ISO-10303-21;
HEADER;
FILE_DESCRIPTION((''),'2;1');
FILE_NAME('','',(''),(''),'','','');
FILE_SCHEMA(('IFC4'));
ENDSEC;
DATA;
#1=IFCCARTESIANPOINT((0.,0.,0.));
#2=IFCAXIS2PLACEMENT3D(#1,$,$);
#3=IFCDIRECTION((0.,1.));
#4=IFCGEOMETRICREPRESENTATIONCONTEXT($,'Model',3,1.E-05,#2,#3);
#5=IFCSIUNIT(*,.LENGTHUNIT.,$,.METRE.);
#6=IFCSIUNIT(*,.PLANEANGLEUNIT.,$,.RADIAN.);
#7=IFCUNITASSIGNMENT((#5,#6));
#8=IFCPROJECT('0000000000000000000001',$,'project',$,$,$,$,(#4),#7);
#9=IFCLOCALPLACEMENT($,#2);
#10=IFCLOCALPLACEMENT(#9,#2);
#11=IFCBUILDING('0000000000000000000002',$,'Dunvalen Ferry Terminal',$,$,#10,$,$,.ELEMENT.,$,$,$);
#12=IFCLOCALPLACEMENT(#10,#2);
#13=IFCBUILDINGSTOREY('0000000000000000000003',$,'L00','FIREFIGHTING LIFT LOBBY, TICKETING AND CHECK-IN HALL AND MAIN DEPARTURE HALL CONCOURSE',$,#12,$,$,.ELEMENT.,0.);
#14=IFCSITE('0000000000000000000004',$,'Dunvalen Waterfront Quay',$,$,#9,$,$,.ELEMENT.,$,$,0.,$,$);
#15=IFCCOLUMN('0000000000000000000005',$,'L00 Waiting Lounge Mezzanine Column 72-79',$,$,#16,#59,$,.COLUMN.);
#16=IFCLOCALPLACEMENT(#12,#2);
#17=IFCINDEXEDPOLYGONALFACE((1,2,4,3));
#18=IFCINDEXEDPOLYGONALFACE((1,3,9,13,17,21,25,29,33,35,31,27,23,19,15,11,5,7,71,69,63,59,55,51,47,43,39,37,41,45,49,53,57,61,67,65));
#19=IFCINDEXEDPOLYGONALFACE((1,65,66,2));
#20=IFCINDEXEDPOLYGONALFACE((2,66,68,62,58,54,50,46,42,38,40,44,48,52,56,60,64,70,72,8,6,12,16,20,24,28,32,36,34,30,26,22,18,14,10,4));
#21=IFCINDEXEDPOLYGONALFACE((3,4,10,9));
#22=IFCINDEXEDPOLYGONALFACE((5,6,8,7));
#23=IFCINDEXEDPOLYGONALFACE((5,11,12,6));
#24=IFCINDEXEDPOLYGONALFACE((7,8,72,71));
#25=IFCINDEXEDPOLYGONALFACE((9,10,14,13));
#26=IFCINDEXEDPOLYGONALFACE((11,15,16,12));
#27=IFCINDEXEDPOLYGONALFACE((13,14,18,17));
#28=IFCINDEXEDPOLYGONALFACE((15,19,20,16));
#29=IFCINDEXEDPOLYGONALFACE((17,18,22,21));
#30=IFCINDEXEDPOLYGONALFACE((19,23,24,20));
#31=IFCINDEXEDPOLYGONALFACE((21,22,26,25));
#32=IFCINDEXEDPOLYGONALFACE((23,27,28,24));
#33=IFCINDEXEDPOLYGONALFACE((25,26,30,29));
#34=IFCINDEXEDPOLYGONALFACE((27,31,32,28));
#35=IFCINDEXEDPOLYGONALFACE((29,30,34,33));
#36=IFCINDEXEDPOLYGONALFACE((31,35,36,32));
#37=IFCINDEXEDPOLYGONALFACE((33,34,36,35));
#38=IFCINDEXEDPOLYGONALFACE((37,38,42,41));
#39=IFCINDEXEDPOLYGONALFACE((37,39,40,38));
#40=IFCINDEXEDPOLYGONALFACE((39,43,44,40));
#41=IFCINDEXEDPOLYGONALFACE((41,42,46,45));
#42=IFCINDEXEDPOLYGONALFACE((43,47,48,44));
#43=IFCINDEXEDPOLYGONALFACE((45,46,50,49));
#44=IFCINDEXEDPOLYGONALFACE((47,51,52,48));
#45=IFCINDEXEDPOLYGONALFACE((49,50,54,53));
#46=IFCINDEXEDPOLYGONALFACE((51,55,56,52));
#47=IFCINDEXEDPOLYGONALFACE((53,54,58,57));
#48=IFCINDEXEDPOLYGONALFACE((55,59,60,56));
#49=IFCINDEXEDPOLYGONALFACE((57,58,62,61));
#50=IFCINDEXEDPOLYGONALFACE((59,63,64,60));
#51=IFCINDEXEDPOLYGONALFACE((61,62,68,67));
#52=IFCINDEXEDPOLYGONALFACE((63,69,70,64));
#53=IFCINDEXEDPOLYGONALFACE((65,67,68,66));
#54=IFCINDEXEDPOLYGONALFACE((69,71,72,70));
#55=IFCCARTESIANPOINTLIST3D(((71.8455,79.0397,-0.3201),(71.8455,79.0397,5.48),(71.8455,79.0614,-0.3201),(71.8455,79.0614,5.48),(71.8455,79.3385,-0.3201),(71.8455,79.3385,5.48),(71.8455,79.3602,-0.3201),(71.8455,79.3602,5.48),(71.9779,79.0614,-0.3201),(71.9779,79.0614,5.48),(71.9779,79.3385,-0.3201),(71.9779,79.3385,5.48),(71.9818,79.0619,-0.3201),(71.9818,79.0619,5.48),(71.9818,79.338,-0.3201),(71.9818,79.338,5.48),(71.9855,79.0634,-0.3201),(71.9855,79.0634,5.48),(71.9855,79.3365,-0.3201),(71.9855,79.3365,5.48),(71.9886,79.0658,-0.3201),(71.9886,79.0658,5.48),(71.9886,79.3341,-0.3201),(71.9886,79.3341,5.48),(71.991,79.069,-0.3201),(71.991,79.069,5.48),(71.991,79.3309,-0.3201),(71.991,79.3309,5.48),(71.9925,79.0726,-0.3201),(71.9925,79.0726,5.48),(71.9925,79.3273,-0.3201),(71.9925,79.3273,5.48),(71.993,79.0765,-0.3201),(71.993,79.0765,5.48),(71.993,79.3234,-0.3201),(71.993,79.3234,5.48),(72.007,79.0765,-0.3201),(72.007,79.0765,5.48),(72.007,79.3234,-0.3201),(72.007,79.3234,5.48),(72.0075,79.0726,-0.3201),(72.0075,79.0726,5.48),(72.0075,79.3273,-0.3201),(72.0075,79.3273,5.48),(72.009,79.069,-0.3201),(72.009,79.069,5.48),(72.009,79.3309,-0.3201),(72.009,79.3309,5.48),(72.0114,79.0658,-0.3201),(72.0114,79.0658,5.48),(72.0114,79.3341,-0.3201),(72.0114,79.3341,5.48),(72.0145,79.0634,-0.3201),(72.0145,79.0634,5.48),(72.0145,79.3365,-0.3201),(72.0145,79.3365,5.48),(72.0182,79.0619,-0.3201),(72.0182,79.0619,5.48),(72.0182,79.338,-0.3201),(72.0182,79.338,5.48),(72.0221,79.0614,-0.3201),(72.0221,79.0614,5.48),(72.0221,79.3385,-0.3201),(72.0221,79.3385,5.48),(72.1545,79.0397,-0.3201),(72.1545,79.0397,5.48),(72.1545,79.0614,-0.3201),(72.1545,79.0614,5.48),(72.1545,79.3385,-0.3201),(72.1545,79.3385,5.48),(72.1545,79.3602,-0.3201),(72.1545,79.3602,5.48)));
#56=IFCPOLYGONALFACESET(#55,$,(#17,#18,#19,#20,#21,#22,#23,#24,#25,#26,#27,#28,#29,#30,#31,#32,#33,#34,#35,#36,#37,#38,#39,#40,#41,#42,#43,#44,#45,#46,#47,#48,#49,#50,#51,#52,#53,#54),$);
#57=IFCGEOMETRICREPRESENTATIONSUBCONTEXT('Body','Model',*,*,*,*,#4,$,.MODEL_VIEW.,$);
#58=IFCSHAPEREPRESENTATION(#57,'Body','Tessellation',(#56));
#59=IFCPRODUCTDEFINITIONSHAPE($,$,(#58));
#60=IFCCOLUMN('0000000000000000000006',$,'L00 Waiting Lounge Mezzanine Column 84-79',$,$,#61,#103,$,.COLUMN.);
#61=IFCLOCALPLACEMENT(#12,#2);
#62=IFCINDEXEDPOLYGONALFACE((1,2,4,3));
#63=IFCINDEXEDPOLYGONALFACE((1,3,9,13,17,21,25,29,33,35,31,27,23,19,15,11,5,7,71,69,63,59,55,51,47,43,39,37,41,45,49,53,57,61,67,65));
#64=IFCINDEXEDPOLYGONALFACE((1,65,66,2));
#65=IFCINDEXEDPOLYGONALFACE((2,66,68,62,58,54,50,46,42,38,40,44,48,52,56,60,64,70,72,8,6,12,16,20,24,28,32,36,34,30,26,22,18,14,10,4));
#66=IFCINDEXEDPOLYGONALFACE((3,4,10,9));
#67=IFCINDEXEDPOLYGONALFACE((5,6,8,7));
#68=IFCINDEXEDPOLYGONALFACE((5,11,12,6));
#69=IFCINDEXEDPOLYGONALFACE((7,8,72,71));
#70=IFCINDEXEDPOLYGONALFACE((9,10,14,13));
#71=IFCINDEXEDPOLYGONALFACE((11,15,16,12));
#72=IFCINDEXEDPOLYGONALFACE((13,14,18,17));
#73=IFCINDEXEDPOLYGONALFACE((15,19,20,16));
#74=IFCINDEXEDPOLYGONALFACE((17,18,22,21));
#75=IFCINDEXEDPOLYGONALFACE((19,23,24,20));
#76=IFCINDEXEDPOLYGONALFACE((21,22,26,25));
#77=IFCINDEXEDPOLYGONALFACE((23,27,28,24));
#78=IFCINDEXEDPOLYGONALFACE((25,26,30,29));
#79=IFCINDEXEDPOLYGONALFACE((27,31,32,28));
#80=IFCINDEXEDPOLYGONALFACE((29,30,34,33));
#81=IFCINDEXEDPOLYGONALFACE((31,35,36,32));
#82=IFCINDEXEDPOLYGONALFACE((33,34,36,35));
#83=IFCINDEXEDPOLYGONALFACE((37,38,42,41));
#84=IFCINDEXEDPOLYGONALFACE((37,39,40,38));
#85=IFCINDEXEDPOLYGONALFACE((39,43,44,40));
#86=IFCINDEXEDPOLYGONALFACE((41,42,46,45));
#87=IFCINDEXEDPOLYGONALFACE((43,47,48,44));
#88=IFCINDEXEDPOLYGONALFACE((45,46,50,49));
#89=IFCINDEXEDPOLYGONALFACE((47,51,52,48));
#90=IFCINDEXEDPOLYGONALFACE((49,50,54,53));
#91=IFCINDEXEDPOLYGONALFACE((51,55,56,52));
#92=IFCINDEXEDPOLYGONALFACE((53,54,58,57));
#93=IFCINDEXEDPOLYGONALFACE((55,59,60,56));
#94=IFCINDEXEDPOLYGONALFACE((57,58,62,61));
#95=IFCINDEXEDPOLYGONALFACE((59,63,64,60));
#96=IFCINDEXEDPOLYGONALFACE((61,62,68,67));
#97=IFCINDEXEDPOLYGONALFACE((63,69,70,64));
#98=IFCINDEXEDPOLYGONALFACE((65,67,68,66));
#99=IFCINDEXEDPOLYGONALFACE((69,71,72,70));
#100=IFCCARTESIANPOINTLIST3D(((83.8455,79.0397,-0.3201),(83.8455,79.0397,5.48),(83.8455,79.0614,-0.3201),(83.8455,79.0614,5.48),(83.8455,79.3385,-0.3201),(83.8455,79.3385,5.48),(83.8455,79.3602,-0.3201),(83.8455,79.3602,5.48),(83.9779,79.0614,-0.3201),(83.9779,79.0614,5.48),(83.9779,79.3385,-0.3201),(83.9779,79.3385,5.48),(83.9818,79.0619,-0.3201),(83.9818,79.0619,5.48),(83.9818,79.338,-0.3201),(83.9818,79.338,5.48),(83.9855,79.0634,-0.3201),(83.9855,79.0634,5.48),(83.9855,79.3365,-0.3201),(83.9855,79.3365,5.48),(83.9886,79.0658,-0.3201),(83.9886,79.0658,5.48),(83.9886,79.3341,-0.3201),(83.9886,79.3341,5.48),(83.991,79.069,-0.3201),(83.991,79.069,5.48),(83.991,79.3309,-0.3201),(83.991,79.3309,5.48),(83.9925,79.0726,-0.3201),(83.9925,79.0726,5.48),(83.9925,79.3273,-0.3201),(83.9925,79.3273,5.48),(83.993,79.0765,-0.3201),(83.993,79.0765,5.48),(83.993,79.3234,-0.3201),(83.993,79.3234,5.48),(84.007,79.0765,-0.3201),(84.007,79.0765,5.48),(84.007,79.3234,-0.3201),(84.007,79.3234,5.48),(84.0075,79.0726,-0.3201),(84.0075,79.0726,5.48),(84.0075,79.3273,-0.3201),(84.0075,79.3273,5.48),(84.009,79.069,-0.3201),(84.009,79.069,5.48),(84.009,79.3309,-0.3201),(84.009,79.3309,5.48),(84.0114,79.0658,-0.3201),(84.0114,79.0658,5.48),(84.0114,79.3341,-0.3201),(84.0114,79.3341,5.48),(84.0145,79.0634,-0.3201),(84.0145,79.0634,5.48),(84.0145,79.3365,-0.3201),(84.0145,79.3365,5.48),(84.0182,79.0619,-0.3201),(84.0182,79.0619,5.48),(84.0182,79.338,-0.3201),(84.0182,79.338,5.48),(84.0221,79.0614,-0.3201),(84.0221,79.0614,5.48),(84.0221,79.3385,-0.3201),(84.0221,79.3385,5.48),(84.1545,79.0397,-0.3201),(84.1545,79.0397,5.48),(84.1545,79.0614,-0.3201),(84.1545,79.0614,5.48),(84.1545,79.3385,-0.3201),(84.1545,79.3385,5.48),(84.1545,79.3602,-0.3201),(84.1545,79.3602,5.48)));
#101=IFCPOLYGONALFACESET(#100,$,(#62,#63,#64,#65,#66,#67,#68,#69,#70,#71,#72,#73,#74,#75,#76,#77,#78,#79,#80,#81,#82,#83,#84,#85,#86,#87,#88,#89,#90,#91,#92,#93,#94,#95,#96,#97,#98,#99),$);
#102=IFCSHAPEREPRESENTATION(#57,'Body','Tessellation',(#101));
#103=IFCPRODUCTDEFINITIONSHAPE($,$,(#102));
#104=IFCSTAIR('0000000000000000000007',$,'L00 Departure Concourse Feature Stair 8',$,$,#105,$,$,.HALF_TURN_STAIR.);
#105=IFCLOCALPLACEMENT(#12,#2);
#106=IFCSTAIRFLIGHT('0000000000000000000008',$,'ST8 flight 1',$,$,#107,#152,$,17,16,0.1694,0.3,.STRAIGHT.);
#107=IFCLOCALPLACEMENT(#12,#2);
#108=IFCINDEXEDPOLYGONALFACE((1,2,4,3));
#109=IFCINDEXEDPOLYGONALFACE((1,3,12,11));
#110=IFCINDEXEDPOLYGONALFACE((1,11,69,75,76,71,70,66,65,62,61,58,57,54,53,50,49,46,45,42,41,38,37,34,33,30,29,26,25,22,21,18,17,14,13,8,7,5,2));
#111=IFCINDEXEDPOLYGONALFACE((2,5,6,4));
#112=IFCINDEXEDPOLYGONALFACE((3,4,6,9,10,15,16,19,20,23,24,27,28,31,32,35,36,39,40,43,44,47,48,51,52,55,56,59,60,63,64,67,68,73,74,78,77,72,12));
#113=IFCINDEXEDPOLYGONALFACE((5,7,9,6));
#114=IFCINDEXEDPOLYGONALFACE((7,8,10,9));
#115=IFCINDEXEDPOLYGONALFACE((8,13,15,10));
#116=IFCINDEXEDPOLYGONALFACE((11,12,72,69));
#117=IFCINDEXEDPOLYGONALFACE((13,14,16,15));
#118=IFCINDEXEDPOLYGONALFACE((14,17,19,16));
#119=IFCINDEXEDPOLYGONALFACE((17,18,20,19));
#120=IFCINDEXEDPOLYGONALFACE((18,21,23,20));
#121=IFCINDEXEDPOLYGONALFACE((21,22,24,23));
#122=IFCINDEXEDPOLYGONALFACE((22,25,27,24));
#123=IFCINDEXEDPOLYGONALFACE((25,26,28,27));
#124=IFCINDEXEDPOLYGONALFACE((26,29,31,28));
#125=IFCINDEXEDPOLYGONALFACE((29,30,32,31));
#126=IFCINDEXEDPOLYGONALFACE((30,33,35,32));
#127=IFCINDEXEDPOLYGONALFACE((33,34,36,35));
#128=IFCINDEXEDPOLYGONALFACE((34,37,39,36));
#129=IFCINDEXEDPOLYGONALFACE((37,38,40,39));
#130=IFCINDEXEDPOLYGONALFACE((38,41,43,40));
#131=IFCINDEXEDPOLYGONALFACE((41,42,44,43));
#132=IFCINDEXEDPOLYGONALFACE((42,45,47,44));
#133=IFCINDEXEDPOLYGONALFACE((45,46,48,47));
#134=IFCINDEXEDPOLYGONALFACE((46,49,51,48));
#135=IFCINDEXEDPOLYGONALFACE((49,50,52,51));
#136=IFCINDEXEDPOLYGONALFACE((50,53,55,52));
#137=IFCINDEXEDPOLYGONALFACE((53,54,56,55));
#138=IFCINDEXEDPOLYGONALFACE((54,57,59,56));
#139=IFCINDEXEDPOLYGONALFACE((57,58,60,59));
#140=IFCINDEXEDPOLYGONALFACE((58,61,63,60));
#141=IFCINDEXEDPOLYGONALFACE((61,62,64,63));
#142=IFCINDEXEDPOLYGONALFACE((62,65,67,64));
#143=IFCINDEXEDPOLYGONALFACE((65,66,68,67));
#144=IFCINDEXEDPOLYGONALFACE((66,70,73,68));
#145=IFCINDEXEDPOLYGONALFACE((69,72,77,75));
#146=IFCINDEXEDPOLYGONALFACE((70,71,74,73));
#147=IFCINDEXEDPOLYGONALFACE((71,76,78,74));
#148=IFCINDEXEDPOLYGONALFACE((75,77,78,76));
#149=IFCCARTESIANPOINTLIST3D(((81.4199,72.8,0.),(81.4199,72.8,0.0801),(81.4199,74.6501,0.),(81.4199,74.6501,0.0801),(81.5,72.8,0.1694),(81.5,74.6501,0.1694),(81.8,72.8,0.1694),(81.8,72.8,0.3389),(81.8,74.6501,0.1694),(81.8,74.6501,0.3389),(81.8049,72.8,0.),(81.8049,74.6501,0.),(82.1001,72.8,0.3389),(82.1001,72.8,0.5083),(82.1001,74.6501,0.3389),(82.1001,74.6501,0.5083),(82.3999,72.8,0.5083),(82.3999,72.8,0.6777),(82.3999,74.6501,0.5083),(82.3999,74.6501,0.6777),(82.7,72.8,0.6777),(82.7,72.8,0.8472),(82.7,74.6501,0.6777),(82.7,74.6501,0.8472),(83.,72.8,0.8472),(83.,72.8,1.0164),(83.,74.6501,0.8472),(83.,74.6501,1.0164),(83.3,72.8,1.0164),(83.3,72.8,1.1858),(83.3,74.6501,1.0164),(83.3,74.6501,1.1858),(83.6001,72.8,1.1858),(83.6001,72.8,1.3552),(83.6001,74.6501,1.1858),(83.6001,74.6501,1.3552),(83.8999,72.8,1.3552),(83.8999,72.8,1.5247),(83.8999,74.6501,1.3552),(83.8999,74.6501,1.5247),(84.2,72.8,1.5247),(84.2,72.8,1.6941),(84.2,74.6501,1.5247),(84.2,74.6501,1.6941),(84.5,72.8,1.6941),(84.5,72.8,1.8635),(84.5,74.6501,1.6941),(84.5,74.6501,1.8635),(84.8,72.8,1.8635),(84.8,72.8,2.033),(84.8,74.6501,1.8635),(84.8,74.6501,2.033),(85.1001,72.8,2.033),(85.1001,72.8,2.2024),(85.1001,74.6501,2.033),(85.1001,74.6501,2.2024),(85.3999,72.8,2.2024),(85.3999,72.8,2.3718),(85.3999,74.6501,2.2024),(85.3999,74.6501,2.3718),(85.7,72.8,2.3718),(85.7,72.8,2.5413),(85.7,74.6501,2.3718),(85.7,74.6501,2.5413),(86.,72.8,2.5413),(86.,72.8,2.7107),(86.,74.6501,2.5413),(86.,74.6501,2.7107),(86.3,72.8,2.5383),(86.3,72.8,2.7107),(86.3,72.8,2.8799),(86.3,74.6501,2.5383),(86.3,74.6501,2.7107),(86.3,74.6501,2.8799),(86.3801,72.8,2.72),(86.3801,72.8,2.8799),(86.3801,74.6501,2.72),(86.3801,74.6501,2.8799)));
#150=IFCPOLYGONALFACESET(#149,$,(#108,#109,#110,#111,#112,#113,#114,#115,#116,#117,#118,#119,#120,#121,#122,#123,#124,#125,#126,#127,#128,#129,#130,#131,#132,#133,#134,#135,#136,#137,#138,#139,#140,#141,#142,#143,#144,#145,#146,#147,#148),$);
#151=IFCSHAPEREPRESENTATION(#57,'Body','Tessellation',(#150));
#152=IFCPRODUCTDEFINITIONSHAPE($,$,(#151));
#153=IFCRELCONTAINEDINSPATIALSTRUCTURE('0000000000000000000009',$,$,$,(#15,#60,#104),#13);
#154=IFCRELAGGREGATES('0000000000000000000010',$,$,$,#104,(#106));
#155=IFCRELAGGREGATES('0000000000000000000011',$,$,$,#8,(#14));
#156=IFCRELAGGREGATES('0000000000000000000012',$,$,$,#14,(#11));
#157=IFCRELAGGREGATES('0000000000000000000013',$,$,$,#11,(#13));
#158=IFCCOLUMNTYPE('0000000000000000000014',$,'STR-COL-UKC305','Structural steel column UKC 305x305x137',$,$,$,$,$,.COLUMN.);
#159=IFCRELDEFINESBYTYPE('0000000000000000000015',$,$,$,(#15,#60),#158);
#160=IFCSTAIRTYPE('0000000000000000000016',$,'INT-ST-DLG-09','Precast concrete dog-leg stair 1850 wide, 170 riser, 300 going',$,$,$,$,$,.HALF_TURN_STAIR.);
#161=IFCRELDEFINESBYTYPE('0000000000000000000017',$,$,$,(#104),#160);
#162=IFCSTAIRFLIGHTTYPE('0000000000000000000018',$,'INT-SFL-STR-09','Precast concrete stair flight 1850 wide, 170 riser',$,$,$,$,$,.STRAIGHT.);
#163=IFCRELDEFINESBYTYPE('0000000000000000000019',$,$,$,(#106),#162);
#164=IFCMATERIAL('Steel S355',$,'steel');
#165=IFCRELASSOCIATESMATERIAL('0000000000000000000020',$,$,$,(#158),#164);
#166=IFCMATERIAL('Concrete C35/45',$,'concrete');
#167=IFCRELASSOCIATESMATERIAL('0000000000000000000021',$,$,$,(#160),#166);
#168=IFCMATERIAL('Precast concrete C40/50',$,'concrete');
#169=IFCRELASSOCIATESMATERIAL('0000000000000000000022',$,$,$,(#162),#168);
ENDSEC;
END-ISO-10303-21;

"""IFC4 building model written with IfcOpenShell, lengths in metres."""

from ifc_helpers import new_model, si_unit, direction, frame, origin, origin_2d, place, context, subcontext, project, spatial, polyline, i_section, outline, extrude, material, material_profile, profile_set, type_object, element, aggregate, save


model = new_model("IFC4")

# Units and contexts
model_context = context("Model", 3, precision=1e-05, world=origin(), true_north=direction((0.0, 1.0)))
body_context = subcontext(model_context, "Body", "Model", "MODEL_VIEW")
ifc_project = project(units=[si_unit("LENGTHUNIT", "METRE"), si_unit("PLANEANGLEUNIT", "RADIAN")], contexts=[model_context])

# Site, building, storey
site_placement = place(None, origin())
site = spatial("IfcSite", under=ifc_project, at=site_placement, Name="Dunvalen Waterfront Quay", CompositionType="ELEMENT", RefElevation=0.0)
building_placement = place(site_placement, origin())
building = spatial("IfcBuilding", under=site, at=building_placement, Name="Dunvalen Ferry Terminal", CompositionType="ELEMENT")
storey_placement = place(building_placement, origin())
storey = spatial("IfcBuildingStorey", under=building, at=storey_placement, Name="L00", Description="FIREFIGHTING LIFT LOBBY, TICKETING AND CHECK-IN HALL AND MAIN DEPARTURE HALL CONCOURSE", CompositionType="ELEMENT", Elevation=0.0)

# Columns
ifc_material_1 = material(Name="Steel S355", Category="steel")
ifc_material_profile_1 = material_profile(ifc_material_1, i_section(OverallWidth=0.3091, OverallDepth=0.3206, WebThickness=0.0139, FlangeThickness=0.0217, FilletRadius=0.0151, at=origin_2d()), Name="Steel S355")
ifc_profile_set_1 = profile_set([ifc_material_profile_1], Name="Steel S355")
column_type_1 = type_object("IfcColumnType", Name="STR-COL-UKC305", Description="Structural steel column UKC 305x305x137", PredefinedType="COLUMN", material=ifc_profile_set_1)
for number, where, z_axis, x_axis, name in (
    (1, (72.0, 79.2, -0.3201), (0.0, 0.0, 1.0), (1.0, 0.0, 0.0), "L00 Waiting Lounge Mezzanine Column 72-79"),
    (2, (84.0, 79.2, -0.3201), (0.0, 0.0, 1.0), (1.0, 0.0, 0.0), "L00 Waiting Lounge Mezzanine Column 84-79"),
):
    element("IfcColumn", number, at=place(storey_placement, frame(where, z_axis=z_axis, x_axis=x_axis)), inside=storey, type_object=column_type_1, Name=name, PredefinedType="COLUMN", context=body_context, shape_type="SweptSolid", body=[
        extrude(i_section(OverallWidth=0.3091, OverallDepth=0.3206, WebThickness=0.0139, FlangeThickness=0.0217, FilletRadius=0.0151, at=origin_2d()), origin(), (0.0, 0.0, 1.0), 5.8),
    ])

# Stair, stair flight
ifc_material_2 = material(Name="Concrete C35/45", Category="concrete")
stair_type = type_object("IfcStairType", Name="INT-ST-DLG-09", Description="Precast concrete dog-leg stair 1850 wide, 170 riser, 300 going", PredefinedType="HALF_TURN_STAIR", material=ifc_material_2)
stair_placement = place(storey_placement, origin())
stair = element("IfcStair", 3, at=stair_placement, inside=storey, type_object=stair_type, Name="L00 Departure Concourse Feature Stair 8", PredefinedType="HALF_TURN_STAIR")
ifc_material_3 = material(Name="Precast concrete C40/50", Category="concrete")
stair_flight_type = type_object("IfcStairFlightType", Name="INT-SFL-STR-09", Description="Precast concrete stair flight 1850 wide, 170 riser", PredefinedType="STRAIGHT", material=ifc_material_3)
stair_flight_placement = place(storey_placement, frame((81.5, 73.7251, 0.0), z_axis=(0.0, 0.0, 1.0), x_axis=(1.0, 0.0, 0.0)))
stair_flight = element("IfcStairFlight", 4, at=stair_flight_placement, type_object=stair_flight_type, Name="ST8 flight 1", NumberOfRisers=17, NumberOfTreads=16, PredefinedType="STRAIGHT", RiserHeight=0.1694, TreadLength=0.3, context=body_context, shape_type="SweptSolid", body=[
    extrude(outline(polyline([(-0.0801, 0.0), (-0.0801, 0.0801), (0.0, 0.1694), (0.3, 0.1694), (0.3, 0.3389), (0.6001, 0.3389), (0.6001, 0.5083), (0.8999, 0.5083), (0.8999, 0.6777), (1.2, 0.6777), (1.2, 0.8472), (1.5, 0.8472), (1.5, 1.0164), (1.8, 1.0164), (1.8, 1.1858), (2.1001, 1.1858), (2.1001, 1.3552), (2.3999, 1.3552), (2.3999, 1.5247), (2.7, 1.5247), (2.7, 1.6941), (3.0, 1.6941), (3.0, 1.8635), (3.3, 1.8635), (3.3, 2.033), (3.6001, 2.033), (3.6001, 2.2024), (3.8999, 2.2024), (3.8999, 2.3718), (4.2, 2.3718), (4.2, 2.5413), (4.5, 2.5413), (4.5, 2.7107), (4.8, 2.7107), (4.8, 2.8799), (4.8801, 2.8799), (4.8801, 2.72), (4.8, 2.5383), (0.3049, 0.0), (-0.0801, 0.0)])), frame((0.0, 0.925, 0.0), z_axis=(0.0, -1.0, 0.0), x_axis=(1.0, 0.0, 0.0)), (0.0, 0.0, 1.0), 1.8501),
])
aggregate(stair, [stair_flight])

save(model, "model.ifc")
